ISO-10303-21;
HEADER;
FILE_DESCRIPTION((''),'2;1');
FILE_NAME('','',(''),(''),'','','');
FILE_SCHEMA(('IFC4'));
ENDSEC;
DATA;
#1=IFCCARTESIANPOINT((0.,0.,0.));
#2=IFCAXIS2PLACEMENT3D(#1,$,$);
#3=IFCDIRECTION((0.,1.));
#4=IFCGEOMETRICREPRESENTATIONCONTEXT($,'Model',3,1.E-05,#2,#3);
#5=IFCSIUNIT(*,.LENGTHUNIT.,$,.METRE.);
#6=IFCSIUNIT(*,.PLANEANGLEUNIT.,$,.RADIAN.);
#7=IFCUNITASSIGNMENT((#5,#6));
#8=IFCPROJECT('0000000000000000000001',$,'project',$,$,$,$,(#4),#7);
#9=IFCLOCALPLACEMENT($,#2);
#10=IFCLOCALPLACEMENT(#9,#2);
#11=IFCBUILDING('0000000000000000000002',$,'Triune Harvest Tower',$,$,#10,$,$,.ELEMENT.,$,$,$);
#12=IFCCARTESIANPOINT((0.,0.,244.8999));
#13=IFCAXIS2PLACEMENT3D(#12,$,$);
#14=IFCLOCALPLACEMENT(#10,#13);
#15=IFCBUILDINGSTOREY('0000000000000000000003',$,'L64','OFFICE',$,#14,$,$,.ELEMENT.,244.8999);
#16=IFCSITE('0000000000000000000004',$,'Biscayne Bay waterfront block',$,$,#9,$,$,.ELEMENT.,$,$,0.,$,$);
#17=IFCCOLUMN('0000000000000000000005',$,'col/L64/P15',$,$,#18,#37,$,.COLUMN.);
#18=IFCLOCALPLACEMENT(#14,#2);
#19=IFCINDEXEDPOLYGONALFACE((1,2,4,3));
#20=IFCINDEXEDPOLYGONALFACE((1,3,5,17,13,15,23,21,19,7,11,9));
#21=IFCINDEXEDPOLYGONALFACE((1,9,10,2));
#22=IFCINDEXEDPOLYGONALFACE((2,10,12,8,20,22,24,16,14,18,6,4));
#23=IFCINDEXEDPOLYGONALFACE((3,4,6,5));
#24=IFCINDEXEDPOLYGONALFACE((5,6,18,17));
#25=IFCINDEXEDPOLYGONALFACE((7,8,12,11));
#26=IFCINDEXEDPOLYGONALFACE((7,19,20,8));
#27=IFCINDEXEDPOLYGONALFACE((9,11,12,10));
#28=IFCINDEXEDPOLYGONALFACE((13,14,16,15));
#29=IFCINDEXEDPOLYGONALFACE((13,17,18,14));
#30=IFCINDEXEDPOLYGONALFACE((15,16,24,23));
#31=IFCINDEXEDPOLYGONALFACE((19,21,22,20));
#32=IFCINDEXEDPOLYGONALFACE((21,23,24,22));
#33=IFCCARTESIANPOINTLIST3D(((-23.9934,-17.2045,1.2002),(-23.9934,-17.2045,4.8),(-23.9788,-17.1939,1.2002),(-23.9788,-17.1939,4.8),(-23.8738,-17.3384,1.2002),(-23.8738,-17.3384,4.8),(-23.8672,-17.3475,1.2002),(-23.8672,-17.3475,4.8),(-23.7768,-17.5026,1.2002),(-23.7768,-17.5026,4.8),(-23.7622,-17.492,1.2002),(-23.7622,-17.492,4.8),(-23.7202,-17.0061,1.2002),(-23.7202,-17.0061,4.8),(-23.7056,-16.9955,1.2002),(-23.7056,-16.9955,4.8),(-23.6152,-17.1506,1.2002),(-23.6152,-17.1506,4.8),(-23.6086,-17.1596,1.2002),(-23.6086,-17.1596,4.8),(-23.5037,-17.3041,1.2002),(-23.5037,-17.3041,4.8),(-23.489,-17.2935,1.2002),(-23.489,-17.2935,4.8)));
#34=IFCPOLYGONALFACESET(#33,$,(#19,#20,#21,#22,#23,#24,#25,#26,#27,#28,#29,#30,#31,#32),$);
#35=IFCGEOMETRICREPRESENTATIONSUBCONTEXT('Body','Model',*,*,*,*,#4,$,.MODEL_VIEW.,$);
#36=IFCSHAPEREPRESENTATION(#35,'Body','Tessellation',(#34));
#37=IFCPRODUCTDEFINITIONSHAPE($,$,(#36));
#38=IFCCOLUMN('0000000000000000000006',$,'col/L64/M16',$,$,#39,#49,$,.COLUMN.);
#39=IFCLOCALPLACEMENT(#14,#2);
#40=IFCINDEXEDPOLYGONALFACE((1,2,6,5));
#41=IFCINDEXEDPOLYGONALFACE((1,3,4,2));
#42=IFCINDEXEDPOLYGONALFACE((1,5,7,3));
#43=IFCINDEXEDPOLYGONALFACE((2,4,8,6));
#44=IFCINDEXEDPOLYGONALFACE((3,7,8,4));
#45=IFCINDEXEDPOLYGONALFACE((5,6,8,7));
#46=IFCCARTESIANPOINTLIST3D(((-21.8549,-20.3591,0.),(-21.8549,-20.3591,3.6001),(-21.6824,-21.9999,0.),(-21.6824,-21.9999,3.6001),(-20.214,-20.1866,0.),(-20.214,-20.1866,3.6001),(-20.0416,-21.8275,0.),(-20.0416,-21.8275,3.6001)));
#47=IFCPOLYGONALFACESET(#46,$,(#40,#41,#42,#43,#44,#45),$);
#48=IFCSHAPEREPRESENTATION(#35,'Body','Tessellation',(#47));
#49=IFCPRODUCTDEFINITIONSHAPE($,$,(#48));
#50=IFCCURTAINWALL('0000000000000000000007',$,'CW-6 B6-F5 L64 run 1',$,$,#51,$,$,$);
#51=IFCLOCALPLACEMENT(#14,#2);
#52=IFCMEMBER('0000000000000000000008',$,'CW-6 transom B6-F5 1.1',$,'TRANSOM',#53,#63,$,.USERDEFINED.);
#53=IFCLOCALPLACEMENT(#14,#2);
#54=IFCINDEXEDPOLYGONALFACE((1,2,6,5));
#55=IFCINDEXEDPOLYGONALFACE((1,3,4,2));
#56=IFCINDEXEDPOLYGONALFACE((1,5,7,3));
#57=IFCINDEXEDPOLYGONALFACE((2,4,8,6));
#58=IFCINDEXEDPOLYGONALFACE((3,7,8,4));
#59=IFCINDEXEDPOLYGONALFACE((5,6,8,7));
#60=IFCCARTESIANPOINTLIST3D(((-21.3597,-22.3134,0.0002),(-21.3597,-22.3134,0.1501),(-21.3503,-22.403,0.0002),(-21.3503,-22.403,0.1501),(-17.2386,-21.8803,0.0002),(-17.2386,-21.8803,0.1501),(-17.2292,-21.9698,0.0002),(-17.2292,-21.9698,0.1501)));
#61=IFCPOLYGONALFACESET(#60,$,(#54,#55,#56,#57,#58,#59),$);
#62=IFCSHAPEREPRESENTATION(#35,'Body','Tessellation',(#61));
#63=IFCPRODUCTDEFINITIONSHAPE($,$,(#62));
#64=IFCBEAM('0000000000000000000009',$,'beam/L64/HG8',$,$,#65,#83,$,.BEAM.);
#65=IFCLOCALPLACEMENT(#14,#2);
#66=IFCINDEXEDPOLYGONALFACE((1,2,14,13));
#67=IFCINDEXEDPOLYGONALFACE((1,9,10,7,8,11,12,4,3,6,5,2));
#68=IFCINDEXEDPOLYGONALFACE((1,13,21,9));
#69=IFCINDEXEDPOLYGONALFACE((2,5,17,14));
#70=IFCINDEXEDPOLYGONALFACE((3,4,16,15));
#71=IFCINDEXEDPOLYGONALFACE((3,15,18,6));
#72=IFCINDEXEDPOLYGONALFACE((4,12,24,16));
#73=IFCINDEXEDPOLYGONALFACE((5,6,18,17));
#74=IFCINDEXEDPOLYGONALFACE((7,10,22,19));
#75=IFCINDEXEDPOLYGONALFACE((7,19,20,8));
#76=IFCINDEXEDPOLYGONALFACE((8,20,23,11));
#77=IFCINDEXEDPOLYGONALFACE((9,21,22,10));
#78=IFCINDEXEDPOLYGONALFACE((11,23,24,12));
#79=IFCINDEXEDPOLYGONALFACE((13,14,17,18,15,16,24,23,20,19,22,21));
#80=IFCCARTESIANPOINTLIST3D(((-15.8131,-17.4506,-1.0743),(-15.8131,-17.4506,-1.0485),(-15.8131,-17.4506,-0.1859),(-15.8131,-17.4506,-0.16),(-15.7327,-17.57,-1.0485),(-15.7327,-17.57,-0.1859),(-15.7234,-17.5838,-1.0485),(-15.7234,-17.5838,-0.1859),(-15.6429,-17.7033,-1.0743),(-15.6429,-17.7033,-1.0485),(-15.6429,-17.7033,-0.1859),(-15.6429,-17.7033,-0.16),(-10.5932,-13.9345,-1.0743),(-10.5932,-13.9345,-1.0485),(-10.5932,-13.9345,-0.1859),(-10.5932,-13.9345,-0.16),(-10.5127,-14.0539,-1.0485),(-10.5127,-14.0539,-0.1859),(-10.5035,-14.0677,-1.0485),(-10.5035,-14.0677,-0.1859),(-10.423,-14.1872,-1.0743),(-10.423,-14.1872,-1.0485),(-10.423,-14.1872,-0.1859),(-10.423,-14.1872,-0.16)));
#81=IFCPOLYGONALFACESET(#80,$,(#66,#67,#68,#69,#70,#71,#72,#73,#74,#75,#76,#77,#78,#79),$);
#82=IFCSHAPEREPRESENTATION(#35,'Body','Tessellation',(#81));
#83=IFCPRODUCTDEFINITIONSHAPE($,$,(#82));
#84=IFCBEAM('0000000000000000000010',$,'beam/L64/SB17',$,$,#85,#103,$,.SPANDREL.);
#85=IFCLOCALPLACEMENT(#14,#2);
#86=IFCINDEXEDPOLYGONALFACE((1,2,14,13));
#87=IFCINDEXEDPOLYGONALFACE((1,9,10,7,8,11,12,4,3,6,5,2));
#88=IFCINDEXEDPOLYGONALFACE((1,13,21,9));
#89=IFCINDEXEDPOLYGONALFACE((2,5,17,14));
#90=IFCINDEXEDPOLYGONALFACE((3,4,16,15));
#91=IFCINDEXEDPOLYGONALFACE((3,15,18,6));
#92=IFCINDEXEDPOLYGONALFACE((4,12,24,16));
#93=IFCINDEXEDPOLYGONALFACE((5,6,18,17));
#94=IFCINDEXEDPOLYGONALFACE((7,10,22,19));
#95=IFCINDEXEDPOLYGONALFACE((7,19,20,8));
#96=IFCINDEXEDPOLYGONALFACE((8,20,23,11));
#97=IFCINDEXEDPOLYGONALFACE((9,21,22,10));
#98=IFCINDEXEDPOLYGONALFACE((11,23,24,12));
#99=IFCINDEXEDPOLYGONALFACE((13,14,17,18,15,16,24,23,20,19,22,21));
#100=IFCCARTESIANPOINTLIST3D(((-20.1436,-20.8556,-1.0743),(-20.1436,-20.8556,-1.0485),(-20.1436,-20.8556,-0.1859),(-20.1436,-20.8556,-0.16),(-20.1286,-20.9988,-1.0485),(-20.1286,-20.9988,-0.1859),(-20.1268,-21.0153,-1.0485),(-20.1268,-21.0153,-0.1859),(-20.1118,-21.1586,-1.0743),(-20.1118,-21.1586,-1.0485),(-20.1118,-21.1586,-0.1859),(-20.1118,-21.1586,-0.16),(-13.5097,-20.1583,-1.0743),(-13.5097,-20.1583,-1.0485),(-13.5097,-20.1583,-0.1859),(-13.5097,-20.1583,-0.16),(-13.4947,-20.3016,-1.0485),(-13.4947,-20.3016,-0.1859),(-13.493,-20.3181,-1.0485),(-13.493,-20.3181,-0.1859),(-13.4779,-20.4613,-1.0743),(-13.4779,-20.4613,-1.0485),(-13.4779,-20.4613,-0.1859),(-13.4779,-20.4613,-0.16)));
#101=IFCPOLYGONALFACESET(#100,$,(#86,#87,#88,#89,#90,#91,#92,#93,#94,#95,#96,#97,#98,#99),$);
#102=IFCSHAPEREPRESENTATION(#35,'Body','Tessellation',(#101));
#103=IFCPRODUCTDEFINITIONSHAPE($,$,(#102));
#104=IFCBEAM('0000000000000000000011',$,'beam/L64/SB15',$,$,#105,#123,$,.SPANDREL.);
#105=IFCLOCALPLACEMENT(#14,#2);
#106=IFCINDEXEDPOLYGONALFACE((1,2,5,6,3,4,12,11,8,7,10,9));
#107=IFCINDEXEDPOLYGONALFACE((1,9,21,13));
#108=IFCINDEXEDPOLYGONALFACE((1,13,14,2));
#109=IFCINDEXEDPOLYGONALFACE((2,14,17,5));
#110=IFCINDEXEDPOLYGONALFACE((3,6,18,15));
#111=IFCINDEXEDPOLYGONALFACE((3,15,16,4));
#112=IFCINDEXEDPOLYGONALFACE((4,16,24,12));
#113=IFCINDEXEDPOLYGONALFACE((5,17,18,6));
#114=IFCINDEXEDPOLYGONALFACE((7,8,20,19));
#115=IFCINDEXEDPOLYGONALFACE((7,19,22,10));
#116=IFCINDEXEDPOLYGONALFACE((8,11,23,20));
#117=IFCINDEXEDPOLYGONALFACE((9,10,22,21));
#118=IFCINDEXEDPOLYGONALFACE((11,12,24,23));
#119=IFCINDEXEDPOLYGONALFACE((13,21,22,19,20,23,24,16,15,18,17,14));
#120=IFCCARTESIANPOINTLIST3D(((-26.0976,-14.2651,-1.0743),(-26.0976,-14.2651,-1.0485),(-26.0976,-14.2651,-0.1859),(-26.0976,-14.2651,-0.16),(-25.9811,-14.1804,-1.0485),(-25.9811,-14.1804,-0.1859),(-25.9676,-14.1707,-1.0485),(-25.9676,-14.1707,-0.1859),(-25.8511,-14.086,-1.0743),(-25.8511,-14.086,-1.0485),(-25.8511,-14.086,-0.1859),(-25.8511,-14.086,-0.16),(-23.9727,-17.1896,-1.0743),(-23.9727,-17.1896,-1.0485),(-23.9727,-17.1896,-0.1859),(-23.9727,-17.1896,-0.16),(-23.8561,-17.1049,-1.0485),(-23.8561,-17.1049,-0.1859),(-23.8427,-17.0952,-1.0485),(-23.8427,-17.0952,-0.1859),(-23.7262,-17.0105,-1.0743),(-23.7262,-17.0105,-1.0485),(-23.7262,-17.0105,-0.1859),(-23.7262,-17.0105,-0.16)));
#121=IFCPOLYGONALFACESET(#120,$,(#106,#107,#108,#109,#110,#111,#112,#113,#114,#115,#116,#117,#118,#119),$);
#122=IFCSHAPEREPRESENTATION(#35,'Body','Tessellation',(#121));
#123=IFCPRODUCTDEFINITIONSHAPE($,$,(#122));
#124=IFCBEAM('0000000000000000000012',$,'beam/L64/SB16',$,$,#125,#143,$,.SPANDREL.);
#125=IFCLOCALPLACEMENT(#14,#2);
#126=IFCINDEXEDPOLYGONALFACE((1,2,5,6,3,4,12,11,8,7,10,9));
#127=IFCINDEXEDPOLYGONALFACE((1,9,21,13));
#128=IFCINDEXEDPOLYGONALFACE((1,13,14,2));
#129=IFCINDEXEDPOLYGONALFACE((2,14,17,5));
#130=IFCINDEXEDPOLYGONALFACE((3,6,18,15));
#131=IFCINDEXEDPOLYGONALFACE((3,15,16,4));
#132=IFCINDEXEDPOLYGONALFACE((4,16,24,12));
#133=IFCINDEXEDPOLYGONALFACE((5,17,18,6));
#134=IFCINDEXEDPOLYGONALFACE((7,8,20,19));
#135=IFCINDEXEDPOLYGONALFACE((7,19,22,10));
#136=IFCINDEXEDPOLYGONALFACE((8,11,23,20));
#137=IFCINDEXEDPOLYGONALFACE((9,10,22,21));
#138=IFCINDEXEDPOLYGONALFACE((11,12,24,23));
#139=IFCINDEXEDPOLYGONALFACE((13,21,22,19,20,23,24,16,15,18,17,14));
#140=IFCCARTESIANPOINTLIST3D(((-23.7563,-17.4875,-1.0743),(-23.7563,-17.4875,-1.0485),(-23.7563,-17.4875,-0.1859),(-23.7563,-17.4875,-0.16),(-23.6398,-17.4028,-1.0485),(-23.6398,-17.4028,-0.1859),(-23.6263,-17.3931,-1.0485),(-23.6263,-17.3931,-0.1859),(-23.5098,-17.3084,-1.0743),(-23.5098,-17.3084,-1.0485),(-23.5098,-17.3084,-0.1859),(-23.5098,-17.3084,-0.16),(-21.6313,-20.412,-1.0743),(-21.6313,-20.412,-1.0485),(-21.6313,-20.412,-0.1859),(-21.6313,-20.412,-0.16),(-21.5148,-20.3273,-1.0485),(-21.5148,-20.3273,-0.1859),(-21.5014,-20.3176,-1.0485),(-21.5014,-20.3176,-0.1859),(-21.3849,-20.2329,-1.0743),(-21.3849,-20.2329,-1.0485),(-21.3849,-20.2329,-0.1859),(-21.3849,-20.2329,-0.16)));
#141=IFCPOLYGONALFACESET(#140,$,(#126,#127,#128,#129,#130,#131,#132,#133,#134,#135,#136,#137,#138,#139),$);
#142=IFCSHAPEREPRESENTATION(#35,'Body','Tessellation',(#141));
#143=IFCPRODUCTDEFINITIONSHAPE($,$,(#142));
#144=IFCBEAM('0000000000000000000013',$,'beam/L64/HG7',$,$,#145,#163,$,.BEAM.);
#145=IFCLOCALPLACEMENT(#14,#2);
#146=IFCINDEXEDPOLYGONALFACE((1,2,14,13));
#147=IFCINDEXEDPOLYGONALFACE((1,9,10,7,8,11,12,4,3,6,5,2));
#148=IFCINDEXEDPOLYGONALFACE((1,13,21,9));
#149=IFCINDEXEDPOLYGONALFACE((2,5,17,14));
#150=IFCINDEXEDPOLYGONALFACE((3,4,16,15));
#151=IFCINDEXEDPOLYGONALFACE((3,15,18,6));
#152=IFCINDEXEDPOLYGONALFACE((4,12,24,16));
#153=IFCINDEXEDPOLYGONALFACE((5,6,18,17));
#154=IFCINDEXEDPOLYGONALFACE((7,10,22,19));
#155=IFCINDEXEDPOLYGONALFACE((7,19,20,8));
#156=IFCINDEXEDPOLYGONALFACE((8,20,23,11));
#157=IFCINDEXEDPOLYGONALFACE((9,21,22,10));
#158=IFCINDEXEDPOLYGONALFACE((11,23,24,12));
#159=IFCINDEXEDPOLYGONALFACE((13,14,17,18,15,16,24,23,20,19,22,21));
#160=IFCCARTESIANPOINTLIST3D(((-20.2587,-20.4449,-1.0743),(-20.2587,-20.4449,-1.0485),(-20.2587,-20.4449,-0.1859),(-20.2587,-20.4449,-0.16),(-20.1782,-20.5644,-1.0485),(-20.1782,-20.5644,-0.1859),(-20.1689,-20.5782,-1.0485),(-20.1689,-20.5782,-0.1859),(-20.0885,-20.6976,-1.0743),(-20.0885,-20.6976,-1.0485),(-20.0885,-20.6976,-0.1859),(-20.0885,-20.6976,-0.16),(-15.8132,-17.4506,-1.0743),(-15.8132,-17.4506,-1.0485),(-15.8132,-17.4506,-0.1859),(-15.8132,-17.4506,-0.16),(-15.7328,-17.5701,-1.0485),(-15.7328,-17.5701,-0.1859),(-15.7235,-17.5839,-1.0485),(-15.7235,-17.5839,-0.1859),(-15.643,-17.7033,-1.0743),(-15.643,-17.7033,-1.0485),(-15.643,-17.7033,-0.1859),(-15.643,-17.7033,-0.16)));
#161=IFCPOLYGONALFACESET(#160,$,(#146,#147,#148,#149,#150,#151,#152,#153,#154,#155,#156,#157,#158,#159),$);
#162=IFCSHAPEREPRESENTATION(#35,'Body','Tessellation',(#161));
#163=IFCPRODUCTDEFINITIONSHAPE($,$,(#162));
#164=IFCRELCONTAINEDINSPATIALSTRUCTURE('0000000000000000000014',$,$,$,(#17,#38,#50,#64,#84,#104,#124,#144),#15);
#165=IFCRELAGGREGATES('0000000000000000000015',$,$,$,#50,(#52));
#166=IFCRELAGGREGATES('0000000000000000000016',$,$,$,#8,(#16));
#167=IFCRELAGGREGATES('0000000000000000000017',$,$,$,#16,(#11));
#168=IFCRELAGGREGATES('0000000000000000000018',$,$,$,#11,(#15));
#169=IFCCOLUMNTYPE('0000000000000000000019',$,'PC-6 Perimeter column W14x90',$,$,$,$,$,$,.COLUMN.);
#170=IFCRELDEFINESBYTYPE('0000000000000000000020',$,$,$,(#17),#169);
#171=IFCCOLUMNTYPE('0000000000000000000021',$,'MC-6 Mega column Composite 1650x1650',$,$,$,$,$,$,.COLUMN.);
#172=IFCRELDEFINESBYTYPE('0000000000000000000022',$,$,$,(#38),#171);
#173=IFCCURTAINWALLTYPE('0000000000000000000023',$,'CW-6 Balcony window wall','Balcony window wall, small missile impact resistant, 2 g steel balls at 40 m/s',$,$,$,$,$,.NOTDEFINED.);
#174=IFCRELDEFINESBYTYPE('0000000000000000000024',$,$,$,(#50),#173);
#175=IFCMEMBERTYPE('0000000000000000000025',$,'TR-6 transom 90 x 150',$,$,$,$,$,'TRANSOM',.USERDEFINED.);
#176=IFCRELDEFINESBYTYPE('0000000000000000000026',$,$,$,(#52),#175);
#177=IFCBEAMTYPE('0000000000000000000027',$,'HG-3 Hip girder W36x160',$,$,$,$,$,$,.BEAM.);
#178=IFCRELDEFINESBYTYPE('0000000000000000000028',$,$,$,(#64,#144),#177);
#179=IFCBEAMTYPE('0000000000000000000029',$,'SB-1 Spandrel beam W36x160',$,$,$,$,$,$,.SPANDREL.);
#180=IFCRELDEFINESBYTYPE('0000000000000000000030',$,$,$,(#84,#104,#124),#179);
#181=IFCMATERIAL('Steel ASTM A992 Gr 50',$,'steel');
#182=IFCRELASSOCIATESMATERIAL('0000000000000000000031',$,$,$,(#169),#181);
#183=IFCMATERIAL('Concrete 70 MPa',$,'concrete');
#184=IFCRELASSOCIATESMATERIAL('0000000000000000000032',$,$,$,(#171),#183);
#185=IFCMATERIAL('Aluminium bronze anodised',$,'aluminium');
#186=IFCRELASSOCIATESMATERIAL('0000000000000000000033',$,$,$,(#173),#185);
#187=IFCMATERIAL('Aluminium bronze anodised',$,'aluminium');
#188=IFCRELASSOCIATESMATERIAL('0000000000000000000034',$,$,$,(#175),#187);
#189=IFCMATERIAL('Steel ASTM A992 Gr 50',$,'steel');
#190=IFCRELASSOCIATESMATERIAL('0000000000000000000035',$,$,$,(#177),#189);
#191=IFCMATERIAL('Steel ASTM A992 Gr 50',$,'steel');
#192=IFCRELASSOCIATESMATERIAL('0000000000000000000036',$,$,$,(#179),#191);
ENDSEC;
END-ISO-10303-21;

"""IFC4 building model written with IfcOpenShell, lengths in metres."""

from ifc_helpers import new_model, si_unit, direction, frame, origin, origin_2d, place, context, subcontext, project, spatial, rectangle, i_section, extrude, source, transform, mapped, material, material_profile, profile_set, type_object, element, aggregate, save


model = new_model("IFC4")

# Units and contexts
model_context = context("Model", 3, precision=1e-05, world=origin(), true_north=direction((0.0, 1.0)))
body_context = subcontext(model_context, "Body", "Model", "MODEL_VIEW")
ifc_project = project(units=[si_unit("LENGTHUNIT", "METRE"), si_unit("PLANEANGLEUNIT", "RADIAN")], contexts=[model_context])

# Site, building, storey
site_placement = place(None, origin())
site = spatial("IfcSite", under=ifc_project, at=site_placement, Name="Biscayne Bay waterfront block", CompositionType="ELEMENT", RefElevation=0.0)
building_placement = place(site_placement, origin())
building = spatial("IfcBuilding", under=site, at=building_placement, Name="Triune Harvest Tower", CompositionType="ELEMENT")
storey_placement = place(building_placement, frame((0.0, 0.0, 244.8999)))
storey = spatial("IfcBuildingStorey", under=building, at=storey_placement, Name="L64", Description="OFFICE", CompositionType="ELEMENT", Elevation=244.8999)

# Columns
ifc_material_1 = material(Name="Steel ASTM A992 Gr 50", Category="steel")
ifc_material_profile_1 = material_profile(ifc_material_1, i_section(OverallWidth=0.3684, OverallDepth=0.3557, WebThickness=0.0112, FlangeThickness=0.0181, at=origin_2d()), Name="W14x90")
ifc_profile_set_1 = profile_set([ifc_material_profile_1], Name="Steel ASTM A992 Gr 50")
column_type_1 = type_object("IfcColumnType", Name="PC-6 Perimeter column W14x90", PredefinedType="COLUMN", material=ifc_profile_set_1)
shared_shape_1 = source(origin(), body_context, "Body", "SweptSolid", [
    extrude(i_section(OverallWidth=0.3684, OverallDepth=0.3557, WebThickness=0.0112, FlangeThickness=0.0181, at=origin_2d()), origin(), (0.0, 0.0, 1.0), 3.5999),
])
column_1_placement = place(storey_placement, frame((-23.7412, -17.249, 1.2002), z_axis=(0.0, 0.0, 1.0), x_axis=(0.587785, -0.809017, 0.0)))
element("IfcColumn", 1, at=column_1_placement, inside=storey, type_object=column_type_1, Name="col/L64/P15", PredefinedType="COLUMN", context=body_context, shape_type="MappedRepresentation", body=[
    mapped(shared_shape_1, transform((0.0, 0.0, 0.0), scale=1.0)),
])
ifc_material_2 = material(Name="Concrete 70 MPa", Category="concrete")
ifc_material_profile_2 = material_profile(ifc_material_2, rectangle(XDim=1.6499, YDim=1.6499, at=origin_2d()), Name="Composite 1650x1650")
ifc_profile_set_2 = profile_set([ifc_material_profile_2], Name="Concrete 70 MPa")
column_type_2 = type_object("IfcColumnType", Name="MC-6 Mega column Composite 1650x1650", PredefinedType="COLUMN", material=ifc_profile_set_2)
shared_shape_2 = source(origin(), body_context, "Body", "SweptSolid", [
    extrude(rectangle(XDim=1.6499, YDim=1.6499, at=origin_2d()), origin(), (0.0, 0.0, 1.0), 3.6001),
])
column_2_placement = place(storey_placement, frame((-20.9482, -21.0933, 0.0), z_axis=(0.0, 0.0, 1.0), x_axis=(0.994522, 0.10453, 0.0)))
element("IfcColumn", 2, at=column_2_placement, inside=storey, type_object=column_type_2, Name="col/L64/M16", PredefinedType="COLUMN", context=body_context, shape_type="MappedRepresentation", body=[
    mapped(shared_shape_2, transform((0.0, 0.0, 0.0), scale=1.0)),
])

# Curtain wall, member
ifc_material_3 = material(Name="Aluminium bronze anodised", Category="aluminium")
curtain_wall_type_1 = type_object("IfcCurtainWallType", Name="CW-6 Balcony window wall", Description="Balcony window wall, small missile impact resistant, 2 g steel balls at 40 m/s", PredefinedType="NOTDEFINED", material=ifc_material_3)
curtain_wall_1_placement = place(storey_placement, origin())
curtain_wall_1 = element("IfcCurtainWall", 3, at=curtain_wall_1_placement, inside=storey, type_object=curtain_wall_type_1, Name="CW-6 B6-F5 L64 run 1")
ifc_material_4 = material(Name="Aluminium bronze anodised", Category="aluminium")
ifc_material_profile_3 = material_profile(ifc_material_4, rectangle(XDim=0.0901, YDim=0.1499, at=origin_2d()), Name="TR-6 transom 90 x 150")
ifc_profile_set_3 = profile_set([ifc_material_profile_3], Name="Aluminium bronze anodised")
member_type_1 = type_object("IfcMemberType", Name="TR-6 transom 90 x 150", ElementType="TRANSOM", PredefinedType="USERDEFINED", material=ifc_profile_set_3)
member_1_placement = place(storey_placement, frame((-21.355, -22.3582, 0.0752), z_axis=(0.994523, 0.104519, 0.0), x_axis=(-0.104519, 0.994523, 0.0)))
member_1 = element("IfcMember", 4, at=member_1_placement, type_object=member_type_1, Name="CW-6 transom B6-F5 1.1", ObjectType="TRANSOM", PredefinedType="USERDEFINED", context=body_context, shape_type="SweptSolid", body=[
    extrude(rectangle(XDim=0.0901, YDim=0.1499, at=origin_2d()), origin(), (0.0, 0.0, 1.0), 4.1438),
])

# Beams
ifc_material_5 = material(Name="Steel ASTM A992 Gr 50", Category="steel")
ifc_material_profile_4 = material_profile(ifc_material_5, i_section(OverallWidth=0.3047, OverallDepth=0.9143, WebThickness=0.0166, FlangeThickness=0.0259, at=origin_2d()), Name="W36x160")
ifc_profile_set_4 = profile_set([ifc_material_profile_4], Name="Steel ASTM A992 Gr 50")
beam_type_1 = type_object("IfcBeamType", Name="HG-3 Hip girder W36x160", PredefinedType="BEAM", material=ifc_profile_set_4)
shared_shape_3 = source(origin(), body_context, "Body", "SweptSolid", [
    extrude(i_section(OverallWidth=0.3047, OverallDepth=0.9143, WebThickness=0.0166, FlangeThickness=0.0259, at=origin_2d()), origin(), (0.0, 0.0, 1.0), 6.2937),
])
beam_1_placement = place(storey_placement, frame((-15.728, -17.5769, -0.6172), z_axis=(0.829391, 0.558668, 0.0), x_axis=(-0.558668, 0.829391, 0.0)))
element("IfcBeam", 5, at=beam_1_placement, inside=storey, type_object=beam_type_1, Name="beam/L64/HG8", PredefinedType="BEAM", context=body_context, shape_type="MappedRepresentation", body=[
    mapped(shared_shape_3, transform((0.0, 0.0, 0.0), scale=1.0)),
])
ifc_material_6 = material(Name="Steel ASTM A992 Gr 50", Category="steel")
ifc_material_profile_5 = material_profile(ifc_material_6, i_section(OverallWidth=0.3047, OverallDepth=0.9143, WebThickness=0.0166, FlangeThickness=0.0259, at=origin_2d()), Name="W36x160")
ifc_profile_set_5 = profile_set([ifc_material_profile_5], Name="Steel ASTM A992 Gr 50")
beam_type_2 = type_object("IfcBeamType", Name="SB-1 Spandrel beam W36x160", PredefinedType="SPANDREL", material=ifc_profile_set_5)
shared_shape_4 = source(origin(), body_context, "Body", "SweptSolid", [
    extrude(i_section(OverallWidth=0.3047, OverallDepth=0.9143, WebThickness=0.0166, FlangeThickness=0.0259, at=origin_2d()), origin(), (0.0, 0.0, 1.0), 6.6704),
])
beam_2_placement = place(storey_placement, frame((-20.1277, -21.0071, -0.6172), z_axis=(0.994521, 0.104532, 0.0), x_axis=(-0.104532, 0.994521, 0.0)))
element("IfcBeam", 6, at=beam_2_placement, inside=storey, type_object=beam_type_2, Name="beam/L64/SB17", PredefinedType="SPANDREL", context=body_context, shape_type="MappedRepresentation", body=[
    mapped(shared_shape_4, transform((0.0, 0.0, 0.0), scale=1.0)),
])
shared_shape_5 = source(origin(), body_context, "Body", "SweptSolid", [
    extrude(i_section(OverallWidth=0.3047, OverallDepth=0.9143, WebThickness=0.0166, FlangeThickness=0.0259, at=origin_2d()), origin(), (0.0, 0.0, 1.0), 3.615),
])
for number, where, z_axis, x_axis, name in (
    (7, (-25.9744, -14.1755, -0.6172), (0.587818, -0.808993, 0.0), (0.808993, 0.587818, 0.0), "beam/L64/SB15"),
    (8, (-23.6331, -17.3979, -0.6172), (0.587818, -0.808993, 0.0), (0.808993, 0.587818, 0.0), "beam/L64/SB16"),
):
    element("IfcBeam", number, at=place(storey_placement, frame(where, z_axis=z_axis, x_axis=x_axis)), inside=storey, type_object=beam_type_2, Name=name, PredefinedType="SPANDREL", context=body_context, shape_type="MappedRepresentation", body=[
        mapped(shared_shape_5, transform((0.0, 0.0, 0.0), scale=1.0)),
    ])
shared_shape_6 = source(origin(), body_context, "Body", "SweptSolid", [
    extrude(i_section(OverallWidth=0.3047, OverallDepth=0.9143, WebThickness=0.0166, FlangeThickness=0.0259, at=origin_2d()), origin(), (0.0, 0.0, 1.0), 5.3599),
])
beam_3_placement = place(storey_placement, frame((-20.1736, -20.5713, -0.6172), z_axis=(0.829399, 0.558657, 0.0), x_axis=(-0.558657, 0.829399, 0.0)))
element("IfcBeam", 9, at=beam_3_placement, inside=storey, type_object=beam_type_1, Name="beam/L64/HG7", PredefinedType="BEAM", context=body_context, shape_type="MappedRepresentation", body=[
    mapped(shared_shape_6, transform((0.0, 0.0, 0.0), scale=1.0)),
])

aggregate(curtain_wall_1, [member_1])

save(model, "model.ifc")
